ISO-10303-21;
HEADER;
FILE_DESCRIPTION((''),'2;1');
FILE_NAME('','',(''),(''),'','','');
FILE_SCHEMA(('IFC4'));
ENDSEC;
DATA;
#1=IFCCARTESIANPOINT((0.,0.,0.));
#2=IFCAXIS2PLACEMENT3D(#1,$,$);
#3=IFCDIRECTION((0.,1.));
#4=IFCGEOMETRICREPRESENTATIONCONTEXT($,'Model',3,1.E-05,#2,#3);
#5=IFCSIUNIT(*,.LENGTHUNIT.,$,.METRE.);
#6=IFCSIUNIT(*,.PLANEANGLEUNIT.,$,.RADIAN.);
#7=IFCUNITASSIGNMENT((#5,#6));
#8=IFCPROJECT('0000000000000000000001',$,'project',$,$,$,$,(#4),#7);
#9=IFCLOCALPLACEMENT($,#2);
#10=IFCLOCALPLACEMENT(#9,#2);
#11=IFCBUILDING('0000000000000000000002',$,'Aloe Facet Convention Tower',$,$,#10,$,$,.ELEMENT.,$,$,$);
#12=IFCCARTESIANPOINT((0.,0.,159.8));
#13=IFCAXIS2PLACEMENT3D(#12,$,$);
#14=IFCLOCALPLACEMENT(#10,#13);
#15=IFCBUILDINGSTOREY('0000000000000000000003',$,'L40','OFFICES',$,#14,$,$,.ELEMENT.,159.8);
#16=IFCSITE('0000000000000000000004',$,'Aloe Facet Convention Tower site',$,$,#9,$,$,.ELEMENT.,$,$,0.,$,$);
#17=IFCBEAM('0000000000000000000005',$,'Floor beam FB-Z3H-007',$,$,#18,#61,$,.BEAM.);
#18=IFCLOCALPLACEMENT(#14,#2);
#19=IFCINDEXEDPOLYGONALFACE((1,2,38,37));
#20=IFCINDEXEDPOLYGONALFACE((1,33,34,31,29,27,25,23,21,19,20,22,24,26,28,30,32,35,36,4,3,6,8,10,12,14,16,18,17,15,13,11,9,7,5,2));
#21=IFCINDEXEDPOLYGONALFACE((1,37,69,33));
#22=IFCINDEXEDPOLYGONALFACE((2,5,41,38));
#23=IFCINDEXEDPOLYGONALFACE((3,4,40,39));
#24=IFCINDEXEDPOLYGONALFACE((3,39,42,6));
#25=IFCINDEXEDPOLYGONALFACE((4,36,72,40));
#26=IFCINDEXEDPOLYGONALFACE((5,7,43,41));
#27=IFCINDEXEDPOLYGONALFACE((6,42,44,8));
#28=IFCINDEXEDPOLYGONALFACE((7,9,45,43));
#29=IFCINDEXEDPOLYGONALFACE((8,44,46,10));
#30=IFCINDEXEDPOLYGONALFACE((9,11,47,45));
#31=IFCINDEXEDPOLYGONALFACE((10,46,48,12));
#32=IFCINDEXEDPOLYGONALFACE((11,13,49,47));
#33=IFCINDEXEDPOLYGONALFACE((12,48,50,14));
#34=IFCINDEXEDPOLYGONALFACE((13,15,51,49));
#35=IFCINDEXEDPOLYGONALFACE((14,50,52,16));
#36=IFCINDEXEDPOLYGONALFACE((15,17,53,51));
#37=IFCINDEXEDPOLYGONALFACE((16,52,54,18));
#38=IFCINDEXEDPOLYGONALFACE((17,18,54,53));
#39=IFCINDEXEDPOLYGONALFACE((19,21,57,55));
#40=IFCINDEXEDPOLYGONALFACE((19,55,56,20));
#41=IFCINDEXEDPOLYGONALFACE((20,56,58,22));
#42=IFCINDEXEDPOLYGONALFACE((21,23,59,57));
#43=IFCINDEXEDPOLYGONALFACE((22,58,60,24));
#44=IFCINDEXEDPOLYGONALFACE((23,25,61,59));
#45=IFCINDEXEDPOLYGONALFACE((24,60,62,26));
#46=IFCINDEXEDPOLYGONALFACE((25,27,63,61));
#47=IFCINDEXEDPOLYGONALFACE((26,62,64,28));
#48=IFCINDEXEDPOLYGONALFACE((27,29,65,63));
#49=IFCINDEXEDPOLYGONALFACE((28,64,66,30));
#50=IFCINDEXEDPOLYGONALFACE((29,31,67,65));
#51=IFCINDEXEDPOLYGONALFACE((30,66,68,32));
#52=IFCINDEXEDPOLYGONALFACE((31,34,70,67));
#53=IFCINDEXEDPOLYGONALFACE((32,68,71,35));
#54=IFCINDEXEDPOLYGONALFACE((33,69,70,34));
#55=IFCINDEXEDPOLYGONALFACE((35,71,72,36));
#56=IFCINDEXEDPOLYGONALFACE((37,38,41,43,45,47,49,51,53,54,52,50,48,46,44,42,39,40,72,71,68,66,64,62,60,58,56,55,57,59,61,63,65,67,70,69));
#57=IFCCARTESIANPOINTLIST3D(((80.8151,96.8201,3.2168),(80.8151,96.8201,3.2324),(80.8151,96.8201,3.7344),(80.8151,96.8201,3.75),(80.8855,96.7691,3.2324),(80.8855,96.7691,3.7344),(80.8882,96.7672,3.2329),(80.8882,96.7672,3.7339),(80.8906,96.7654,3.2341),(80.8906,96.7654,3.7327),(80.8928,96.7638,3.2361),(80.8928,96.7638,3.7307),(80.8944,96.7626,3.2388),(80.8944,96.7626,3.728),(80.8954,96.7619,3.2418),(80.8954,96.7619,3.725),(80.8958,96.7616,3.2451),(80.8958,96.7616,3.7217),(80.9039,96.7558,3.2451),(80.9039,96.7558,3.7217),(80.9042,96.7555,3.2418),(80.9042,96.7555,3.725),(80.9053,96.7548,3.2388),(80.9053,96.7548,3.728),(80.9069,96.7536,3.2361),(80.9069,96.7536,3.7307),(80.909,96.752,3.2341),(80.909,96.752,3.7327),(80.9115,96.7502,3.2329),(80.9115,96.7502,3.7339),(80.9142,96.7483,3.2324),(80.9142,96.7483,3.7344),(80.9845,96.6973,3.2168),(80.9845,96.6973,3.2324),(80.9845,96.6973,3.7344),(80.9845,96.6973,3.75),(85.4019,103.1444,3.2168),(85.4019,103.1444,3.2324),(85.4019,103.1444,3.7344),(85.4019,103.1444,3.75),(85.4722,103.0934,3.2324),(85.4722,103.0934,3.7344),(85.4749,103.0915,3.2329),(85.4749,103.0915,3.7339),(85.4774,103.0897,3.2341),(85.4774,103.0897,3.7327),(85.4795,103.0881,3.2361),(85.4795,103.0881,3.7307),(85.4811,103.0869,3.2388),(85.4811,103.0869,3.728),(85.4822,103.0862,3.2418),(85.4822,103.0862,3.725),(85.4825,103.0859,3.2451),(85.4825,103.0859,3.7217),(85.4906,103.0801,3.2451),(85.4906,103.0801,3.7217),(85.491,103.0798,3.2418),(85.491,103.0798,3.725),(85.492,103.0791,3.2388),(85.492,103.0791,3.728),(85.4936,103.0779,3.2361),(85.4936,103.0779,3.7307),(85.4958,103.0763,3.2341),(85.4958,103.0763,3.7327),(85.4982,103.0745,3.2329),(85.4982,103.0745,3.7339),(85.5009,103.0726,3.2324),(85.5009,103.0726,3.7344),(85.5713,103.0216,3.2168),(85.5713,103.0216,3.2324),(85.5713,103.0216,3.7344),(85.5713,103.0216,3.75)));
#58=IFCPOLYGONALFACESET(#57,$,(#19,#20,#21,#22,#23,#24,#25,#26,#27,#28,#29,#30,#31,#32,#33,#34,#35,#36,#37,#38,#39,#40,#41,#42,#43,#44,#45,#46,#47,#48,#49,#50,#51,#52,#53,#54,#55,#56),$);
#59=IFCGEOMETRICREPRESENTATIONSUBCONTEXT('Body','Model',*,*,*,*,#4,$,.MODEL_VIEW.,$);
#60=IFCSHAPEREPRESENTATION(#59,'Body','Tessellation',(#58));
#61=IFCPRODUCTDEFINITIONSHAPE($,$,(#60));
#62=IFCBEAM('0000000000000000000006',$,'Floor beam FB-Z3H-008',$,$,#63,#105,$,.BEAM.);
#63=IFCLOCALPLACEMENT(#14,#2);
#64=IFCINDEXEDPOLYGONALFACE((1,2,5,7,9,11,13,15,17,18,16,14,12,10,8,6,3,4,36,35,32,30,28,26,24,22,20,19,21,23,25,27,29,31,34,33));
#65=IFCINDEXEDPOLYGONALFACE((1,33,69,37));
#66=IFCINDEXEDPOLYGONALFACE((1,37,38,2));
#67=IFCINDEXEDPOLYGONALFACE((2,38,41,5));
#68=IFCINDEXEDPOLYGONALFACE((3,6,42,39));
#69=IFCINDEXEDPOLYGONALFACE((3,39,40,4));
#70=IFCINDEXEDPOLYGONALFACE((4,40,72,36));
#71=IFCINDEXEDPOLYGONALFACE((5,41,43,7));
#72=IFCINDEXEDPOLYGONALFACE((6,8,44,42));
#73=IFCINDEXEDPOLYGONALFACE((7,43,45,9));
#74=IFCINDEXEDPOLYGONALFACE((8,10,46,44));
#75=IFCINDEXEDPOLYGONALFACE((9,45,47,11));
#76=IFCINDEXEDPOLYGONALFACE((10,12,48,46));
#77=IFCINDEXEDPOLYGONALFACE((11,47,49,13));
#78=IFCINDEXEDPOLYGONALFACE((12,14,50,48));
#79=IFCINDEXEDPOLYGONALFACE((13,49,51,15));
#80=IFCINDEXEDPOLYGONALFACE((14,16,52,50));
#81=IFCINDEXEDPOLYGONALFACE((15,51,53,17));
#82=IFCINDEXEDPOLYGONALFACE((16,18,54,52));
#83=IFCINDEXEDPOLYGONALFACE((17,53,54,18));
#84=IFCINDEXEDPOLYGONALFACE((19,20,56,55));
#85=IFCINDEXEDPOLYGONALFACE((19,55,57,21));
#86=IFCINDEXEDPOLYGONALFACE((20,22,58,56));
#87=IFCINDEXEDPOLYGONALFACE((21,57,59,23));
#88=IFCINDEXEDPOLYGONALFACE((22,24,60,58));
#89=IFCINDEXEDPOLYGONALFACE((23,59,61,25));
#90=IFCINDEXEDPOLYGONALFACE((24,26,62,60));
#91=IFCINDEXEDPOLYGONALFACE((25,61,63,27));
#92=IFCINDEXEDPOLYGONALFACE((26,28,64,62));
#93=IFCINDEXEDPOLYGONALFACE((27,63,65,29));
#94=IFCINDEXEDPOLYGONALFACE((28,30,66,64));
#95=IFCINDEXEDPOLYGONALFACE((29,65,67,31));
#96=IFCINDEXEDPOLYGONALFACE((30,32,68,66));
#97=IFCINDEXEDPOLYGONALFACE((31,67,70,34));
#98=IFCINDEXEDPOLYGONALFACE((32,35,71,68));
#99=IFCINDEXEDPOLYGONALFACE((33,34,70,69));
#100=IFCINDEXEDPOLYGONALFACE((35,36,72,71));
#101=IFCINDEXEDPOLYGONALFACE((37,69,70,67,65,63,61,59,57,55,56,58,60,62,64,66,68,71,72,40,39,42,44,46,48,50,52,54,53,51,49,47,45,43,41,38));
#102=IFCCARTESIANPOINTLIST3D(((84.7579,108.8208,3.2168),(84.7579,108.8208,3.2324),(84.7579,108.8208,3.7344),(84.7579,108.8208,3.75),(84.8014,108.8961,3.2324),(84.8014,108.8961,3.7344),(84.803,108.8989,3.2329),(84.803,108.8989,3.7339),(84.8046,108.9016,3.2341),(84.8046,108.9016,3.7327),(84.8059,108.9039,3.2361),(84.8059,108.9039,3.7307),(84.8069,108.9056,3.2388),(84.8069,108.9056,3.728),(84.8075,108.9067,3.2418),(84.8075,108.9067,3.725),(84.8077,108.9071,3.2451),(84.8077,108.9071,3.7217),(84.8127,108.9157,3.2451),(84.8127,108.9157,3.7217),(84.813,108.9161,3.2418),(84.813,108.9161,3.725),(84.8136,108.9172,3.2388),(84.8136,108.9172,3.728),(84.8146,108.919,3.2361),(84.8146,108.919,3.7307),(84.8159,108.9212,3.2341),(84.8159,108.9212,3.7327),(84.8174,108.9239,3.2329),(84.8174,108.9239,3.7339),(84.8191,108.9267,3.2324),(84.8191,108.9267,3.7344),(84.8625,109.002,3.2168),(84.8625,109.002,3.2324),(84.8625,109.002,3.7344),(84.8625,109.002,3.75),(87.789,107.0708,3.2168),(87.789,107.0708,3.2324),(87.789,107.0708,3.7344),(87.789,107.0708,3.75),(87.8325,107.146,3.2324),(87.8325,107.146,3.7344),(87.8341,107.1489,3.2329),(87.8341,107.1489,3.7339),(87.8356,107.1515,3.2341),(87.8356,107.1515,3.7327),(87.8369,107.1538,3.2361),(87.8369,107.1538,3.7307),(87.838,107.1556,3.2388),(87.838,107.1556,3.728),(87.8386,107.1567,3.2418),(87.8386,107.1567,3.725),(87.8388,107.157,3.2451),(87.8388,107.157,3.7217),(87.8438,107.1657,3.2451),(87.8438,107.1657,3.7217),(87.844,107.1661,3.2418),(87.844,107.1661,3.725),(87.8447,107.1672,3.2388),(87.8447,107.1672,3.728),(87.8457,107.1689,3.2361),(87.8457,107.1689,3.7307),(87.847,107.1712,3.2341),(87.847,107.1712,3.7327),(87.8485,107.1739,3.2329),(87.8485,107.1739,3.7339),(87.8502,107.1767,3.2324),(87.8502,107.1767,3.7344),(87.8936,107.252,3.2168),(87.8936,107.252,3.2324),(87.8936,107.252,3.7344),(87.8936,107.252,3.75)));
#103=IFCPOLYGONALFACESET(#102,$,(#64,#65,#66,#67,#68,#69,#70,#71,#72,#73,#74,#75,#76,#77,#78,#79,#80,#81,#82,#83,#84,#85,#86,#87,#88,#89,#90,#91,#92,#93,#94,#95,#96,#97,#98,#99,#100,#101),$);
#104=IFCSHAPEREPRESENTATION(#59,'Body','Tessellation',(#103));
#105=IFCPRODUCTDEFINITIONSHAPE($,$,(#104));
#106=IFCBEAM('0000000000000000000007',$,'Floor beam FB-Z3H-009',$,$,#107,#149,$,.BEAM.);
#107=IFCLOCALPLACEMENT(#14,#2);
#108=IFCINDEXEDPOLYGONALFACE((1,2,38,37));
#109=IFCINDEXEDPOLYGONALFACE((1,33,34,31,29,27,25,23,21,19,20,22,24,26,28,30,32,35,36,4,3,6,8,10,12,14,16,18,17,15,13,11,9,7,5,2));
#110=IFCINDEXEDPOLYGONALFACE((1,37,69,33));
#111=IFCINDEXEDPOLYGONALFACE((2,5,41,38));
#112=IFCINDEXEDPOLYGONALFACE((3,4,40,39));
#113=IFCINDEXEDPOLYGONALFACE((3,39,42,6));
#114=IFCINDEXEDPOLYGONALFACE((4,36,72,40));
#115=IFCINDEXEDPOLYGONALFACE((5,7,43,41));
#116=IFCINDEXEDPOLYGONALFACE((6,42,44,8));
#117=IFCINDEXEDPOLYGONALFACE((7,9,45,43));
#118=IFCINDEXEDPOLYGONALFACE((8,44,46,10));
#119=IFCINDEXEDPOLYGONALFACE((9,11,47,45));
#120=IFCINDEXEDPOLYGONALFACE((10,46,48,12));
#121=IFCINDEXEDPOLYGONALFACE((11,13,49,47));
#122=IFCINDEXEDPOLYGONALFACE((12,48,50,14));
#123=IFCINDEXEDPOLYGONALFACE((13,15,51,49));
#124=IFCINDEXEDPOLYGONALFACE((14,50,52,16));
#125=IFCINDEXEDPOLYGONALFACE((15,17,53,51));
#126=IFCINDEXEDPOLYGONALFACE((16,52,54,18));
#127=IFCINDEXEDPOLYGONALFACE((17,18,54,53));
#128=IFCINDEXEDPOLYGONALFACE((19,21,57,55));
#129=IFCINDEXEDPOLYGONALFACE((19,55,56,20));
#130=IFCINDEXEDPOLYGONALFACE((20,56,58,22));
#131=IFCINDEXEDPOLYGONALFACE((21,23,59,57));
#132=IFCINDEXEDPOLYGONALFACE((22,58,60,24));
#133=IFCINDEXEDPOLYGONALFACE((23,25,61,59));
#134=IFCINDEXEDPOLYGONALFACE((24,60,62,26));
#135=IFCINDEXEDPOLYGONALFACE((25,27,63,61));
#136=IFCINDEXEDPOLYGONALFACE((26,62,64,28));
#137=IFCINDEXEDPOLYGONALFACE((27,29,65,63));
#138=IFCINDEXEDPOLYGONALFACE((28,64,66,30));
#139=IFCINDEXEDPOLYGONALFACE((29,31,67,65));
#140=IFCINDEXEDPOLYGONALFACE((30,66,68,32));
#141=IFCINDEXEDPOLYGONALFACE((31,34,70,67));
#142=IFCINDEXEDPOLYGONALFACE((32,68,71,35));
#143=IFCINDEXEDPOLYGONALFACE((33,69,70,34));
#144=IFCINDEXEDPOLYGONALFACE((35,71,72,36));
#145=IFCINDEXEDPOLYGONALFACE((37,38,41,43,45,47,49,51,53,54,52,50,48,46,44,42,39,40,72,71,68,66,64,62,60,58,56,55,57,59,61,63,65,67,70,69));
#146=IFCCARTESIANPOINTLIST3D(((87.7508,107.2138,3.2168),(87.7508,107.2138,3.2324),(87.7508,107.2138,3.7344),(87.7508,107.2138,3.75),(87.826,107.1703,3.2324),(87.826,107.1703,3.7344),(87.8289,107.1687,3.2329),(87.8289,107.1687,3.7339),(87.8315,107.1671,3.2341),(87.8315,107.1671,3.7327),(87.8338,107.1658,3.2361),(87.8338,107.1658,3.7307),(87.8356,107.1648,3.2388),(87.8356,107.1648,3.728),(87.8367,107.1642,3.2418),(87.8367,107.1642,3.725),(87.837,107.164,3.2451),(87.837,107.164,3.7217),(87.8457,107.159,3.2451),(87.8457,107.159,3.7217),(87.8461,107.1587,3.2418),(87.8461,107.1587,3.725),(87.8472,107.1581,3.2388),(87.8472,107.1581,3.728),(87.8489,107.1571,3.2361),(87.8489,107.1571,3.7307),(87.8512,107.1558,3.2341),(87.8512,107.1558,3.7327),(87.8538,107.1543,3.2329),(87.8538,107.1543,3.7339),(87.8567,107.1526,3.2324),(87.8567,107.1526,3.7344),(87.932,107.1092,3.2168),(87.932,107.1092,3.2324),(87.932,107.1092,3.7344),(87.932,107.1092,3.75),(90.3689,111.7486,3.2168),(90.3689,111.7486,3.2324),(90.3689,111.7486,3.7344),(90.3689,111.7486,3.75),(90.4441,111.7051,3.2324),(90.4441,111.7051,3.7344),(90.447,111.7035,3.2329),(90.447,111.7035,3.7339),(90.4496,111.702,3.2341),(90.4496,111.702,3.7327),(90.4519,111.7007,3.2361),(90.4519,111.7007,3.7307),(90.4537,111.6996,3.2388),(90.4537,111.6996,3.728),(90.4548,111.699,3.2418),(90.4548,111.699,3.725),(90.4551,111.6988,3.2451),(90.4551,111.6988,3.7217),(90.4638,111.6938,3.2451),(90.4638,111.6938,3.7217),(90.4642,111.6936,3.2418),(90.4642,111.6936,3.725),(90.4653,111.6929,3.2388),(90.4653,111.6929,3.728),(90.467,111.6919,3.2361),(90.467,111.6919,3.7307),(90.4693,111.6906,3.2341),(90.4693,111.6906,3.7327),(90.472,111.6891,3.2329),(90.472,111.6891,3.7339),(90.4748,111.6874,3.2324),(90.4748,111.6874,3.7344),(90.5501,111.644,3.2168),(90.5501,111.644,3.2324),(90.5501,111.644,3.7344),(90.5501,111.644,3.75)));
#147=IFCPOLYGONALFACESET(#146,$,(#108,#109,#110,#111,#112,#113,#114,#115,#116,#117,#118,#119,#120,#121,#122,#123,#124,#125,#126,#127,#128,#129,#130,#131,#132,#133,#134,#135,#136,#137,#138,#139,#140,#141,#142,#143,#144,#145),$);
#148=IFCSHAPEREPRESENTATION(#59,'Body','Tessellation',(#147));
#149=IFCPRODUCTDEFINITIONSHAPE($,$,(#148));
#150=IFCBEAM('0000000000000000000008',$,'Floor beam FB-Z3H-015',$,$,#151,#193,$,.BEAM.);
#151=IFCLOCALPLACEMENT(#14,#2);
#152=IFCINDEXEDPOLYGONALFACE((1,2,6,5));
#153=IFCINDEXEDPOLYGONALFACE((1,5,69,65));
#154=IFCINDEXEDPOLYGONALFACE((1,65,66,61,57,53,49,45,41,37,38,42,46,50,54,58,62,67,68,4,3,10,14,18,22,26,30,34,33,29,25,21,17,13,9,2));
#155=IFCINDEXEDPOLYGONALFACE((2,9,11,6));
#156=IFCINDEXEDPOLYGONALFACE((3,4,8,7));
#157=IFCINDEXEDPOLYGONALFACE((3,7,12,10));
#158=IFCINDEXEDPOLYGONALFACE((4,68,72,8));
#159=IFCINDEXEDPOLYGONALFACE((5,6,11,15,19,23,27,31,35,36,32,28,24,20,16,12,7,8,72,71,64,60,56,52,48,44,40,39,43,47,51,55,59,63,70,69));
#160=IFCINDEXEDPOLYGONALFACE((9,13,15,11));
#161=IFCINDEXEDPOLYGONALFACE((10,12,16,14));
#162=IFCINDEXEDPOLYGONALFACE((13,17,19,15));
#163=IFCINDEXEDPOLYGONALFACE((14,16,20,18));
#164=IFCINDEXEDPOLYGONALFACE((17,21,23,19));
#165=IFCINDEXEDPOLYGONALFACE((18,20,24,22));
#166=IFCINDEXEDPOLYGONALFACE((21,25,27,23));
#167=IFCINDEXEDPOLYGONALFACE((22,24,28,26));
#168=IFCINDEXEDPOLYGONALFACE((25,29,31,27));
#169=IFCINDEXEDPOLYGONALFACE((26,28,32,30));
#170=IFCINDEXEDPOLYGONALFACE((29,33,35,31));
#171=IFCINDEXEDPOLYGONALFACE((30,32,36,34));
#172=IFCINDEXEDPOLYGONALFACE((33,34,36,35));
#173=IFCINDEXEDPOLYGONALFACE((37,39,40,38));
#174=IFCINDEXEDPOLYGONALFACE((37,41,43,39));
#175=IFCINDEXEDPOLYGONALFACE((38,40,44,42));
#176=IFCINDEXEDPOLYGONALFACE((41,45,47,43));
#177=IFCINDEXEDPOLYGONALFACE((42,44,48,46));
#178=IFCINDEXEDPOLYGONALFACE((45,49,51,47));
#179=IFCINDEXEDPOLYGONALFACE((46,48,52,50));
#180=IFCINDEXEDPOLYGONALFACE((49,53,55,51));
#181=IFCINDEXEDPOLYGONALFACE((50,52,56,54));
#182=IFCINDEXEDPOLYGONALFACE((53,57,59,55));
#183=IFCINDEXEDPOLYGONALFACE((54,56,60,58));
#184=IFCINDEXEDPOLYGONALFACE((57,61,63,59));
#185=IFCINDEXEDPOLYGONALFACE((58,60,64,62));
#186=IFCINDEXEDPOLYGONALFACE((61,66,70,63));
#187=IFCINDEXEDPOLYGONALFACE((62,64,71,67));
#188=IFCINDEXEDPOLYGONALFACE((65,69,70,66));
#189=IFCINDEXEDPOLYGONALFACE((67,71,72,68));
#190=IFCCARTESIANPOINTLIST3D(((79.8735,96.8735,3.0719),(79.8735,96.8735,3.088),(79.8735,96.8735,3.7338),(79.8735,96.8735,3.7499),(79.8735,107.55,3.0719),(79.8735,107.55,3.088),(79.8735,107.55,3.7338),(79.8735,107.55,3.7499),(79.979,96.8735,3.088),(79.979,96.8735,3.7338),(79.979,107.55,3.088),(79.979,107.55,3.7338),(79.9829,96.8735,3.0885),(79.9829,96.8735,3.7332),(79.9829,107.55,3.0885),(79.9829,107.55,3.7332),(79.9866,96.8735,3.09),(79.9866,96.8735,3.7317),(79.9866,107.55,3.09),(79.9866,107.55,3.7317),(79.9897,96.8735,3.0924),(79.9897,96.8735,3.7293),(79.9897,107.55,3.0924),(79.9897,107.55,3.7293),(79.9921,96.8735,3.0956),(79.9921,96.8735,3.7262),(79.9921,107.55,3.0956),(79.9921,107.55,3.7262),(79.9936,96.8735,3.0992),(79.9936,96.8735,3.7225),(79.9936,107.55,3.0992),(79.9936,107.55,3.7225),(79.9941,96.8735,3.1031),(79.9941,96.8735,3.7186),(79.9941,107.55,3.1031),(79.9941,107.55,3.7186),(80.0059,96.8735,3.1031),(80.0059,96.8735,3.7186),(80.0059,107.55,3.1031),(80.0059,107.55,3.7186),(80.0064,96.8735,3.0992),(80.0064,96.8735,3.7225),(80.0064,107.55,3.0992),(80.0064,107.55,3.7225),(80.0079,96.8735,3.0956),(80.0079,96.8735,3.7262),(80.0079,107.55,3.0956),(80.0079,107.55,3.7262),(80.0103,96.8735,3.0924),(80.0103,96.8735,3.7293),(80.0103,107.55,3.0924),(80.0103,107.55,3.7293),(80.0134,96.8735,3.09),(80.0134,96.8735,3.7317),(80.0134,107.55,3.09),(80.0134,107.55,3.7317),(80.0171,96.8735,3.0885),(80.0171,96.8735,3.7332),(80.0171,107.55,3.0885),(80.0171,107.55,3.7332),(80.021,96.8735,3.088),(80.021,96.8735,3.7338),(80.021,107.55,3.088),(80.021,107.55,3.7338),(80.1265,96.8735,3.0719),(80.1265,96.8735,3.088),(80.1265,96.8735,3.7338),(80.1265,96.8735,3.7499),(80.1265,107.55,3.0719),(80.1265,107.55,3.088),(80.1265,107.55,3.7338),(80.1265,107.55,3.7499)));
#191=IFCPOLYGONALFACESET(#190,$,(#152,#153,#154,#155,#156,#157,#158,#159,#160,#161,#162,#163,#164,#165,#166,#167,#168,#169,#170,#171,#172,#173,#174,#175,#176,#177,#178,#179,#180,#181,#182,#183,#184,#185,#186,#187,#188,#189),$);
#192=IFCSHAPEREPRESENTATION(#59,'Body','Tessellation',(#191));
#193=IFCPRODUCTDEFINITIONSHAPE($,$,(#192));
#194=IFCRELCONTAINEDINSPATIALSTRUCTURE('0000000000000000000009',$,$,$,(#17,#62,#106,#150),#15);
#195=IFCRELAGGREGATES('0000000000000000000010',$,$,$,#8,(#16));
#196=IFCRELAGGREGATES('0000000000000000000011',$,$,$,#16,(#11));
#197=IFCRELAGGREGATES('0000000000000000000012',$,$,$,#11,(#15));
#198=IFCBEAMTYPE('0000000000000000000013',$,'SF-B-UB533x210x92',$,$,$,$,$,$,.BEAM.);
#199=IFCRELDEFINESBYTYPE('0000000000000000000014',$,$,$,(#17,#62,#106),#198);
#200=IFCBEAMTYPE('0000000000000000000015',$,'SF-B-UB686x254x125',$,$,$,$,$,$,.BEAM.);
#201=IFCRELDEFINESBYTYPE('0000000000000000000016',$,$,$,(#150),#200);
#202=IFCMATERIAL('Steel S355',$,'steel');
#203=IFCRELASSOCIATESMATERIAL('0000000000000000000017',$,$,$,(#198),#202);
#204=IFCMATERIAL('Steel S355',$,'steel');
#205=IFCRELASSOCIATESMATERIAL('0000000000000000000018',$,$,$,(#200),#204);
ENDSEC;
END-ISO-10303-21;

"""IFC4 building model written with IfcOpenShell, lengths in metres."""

from ifc_helpers import new_model, si_unit, direction, frame, origin, origin_2d, place, context, subcontext, project, spatial, i_section, extrude, material, material_profile, profile_set, type_object, element, save


model = new_model("IFC4")

# Units and contexts
model_context = context("Model", 3, precision=1e-05, world=origin(), true_north=direction((0.0, 1.0)))
body_context = subcontext(model_context, "Body", "Model", "MODEL_VIEW")
ifc_project = project(units=[si_unit("LENGTHUNIT", "METRE"), si_unit("PLANEANGLEUNIT", "RADIAN")], contexts=[model_context])

# Site, building, storey
site_placement = place(None, origin())
site = spatial("IfcSite", under=ifc_project, at=site_placement, Name="Aloe Facet Convention Tower site", CompositionType="ELEMENT", RefElevation=0.0)
building_placement = place(site_placement, origin())
building = spatial("IfcBuilding", under=site, at=building_placement, Name="Aloe Facet Convention Tower", CompositionType="ELEMENT")
storey_placement = place(building_placement, frame((0.0, 0.0, 159.8)))
storey = spatial("IfcBuildingStorey", under=building, at=storey_placement, Name="L40", Description="OFFICES", CompositionType="ELEMENT", Elevation=159.8)

# Beams
ifc_material_1 = material(Name="Steel S355", Category="steel")
ifc_material_profile_1 = material_profile(ifc_material_1, i_section(OverallWidth=0.2092, OverallDepth=0.5332, WebThickness=0.01, FlangeThickness=0.0156, FilletRadius=0.0127, at=origin_2d()), Name="UB 533x210x92")
ifc_profile_set_1 = profile_set([ifc_material_profile_1], Name="Steel S355")
beam_type_1 = type_object("IfcBeamType", Name="SF-B-UB533x210x92", PredefinedType="BEAM", material=ifc_profile_set_1)
beam_1_placement = place(storey_placement, frame((85.4866, 103.083, 3.4834), z_axis=(-0.587103, -0.809512, 0.0), x_axis=(0.809512, -0.587103, 0.0)))
element("IfcBeam", 1, at=beam_1_placement, inside=storey, type_object=beam_type_1, Name="Floor beam FB-Z3H-007", PredefinedType="BEAM", context=body_context, shape_type="SweptSolid", body=[
    extrude(i_section(OverallWidth=0.2092, OverallDepth=0.5332, WebThickness=0.01, FlangeThickness=0.0156, FilletRadius=0.0127, at=origin_2d()), origin(), (0.0, 0.0, 1.0), 7.8125),
])
beam_2_placement = place(storey_placement, frame((87.8413, 107.1614, 3.4834), z_axis=(-0.866019, 0.50001, 0.0), x_axis=(-0.50001, -0.866019, 0.0)))
element("IfcBeam", 2, at=beam_2_placement, inside=storey, type_object=beam_type_1, Name="Floor beam FB-Z3H-008", PredefinedType="BEAM", context=body_context, shape_type="SweptSolid", body=[
    extrude(i_section(OverallWidth=0.2092, OverallDepth=0.5332, WebThickness=0.01, FlangeThickness=0.0156, FilletRadius=0.0127, at=origin_2d()), origin(), (0.0, 0.0, 1.0), 3.5),
])
beam_3_placement = place(storey_placement, frame((90.4595, 111.6963, 3.4834), z_axis=(-0.49999, -0.866031, 0.0), x_axis=(0.866031, -0.49999, 0.0)))
element("IfcBeam", 3, at=beam_3_placement, inside=storey, type_object=beam_type_1, Name="Floor beam FB-Z3H-009", PredefinedType="BEAM", context=body_context, shape_type="SweptSolid", body=[
    extrude(i_section(OverallWidth=0.2092, OverallDepth=0.5332, WebThickness=0.01, FlangeThickness=0.0156, FilletRadius=0.0127, at=origin_2d()), origin(), (0.0, 0.0, 1.0), 5.2363),
])
ifc_material_2 = material(Name="Steel S355", Category="steel")
ifc_material_profile_2 = material_profile(ifc_material_2, i_section(OverallWidth=0.2529, OverallDepth=0.678, WebThickness=0.0117, FlangeThickness=0.0161, FilletRadius=0.0151, at=origin_2d()), Name="UB 686x254x125")
ifc_profile_set_2 = profile_set([ifc_material_profile_2], Name="Steel S355")
beam_type_2 = type_object("IfcBeamType", Name="SF-B-UB686x254x125", PredefinedType="BEAM", material=ifc_profile_set_2)
beam_4_placement = place(storey_placement, frame((80.0, 107.55, 3.4109), z_axis=(0.0, -1.0, 0.0), x_axis=(1.0, 0.0, 0.0)))
element("IfcBeam", 4, at=beam_4_placement, inside=storey, type_object=beam_type_2, Name="Floor beam FB-Z3H-015", PredefinedType="BEAM", context=body_context, shape_type="SweptSolid", body=[
    extrude(i_section(OverallWidth=0.2529, OverallDepth=0.678, WebThickness=0.0117, FlangeThickness=0.0161, FilletRadius=0.0151, at=origin_2d()), origin(), (0.0, 0.0, 1.0), 10.6765),
])

save(model, "model.ifc")
